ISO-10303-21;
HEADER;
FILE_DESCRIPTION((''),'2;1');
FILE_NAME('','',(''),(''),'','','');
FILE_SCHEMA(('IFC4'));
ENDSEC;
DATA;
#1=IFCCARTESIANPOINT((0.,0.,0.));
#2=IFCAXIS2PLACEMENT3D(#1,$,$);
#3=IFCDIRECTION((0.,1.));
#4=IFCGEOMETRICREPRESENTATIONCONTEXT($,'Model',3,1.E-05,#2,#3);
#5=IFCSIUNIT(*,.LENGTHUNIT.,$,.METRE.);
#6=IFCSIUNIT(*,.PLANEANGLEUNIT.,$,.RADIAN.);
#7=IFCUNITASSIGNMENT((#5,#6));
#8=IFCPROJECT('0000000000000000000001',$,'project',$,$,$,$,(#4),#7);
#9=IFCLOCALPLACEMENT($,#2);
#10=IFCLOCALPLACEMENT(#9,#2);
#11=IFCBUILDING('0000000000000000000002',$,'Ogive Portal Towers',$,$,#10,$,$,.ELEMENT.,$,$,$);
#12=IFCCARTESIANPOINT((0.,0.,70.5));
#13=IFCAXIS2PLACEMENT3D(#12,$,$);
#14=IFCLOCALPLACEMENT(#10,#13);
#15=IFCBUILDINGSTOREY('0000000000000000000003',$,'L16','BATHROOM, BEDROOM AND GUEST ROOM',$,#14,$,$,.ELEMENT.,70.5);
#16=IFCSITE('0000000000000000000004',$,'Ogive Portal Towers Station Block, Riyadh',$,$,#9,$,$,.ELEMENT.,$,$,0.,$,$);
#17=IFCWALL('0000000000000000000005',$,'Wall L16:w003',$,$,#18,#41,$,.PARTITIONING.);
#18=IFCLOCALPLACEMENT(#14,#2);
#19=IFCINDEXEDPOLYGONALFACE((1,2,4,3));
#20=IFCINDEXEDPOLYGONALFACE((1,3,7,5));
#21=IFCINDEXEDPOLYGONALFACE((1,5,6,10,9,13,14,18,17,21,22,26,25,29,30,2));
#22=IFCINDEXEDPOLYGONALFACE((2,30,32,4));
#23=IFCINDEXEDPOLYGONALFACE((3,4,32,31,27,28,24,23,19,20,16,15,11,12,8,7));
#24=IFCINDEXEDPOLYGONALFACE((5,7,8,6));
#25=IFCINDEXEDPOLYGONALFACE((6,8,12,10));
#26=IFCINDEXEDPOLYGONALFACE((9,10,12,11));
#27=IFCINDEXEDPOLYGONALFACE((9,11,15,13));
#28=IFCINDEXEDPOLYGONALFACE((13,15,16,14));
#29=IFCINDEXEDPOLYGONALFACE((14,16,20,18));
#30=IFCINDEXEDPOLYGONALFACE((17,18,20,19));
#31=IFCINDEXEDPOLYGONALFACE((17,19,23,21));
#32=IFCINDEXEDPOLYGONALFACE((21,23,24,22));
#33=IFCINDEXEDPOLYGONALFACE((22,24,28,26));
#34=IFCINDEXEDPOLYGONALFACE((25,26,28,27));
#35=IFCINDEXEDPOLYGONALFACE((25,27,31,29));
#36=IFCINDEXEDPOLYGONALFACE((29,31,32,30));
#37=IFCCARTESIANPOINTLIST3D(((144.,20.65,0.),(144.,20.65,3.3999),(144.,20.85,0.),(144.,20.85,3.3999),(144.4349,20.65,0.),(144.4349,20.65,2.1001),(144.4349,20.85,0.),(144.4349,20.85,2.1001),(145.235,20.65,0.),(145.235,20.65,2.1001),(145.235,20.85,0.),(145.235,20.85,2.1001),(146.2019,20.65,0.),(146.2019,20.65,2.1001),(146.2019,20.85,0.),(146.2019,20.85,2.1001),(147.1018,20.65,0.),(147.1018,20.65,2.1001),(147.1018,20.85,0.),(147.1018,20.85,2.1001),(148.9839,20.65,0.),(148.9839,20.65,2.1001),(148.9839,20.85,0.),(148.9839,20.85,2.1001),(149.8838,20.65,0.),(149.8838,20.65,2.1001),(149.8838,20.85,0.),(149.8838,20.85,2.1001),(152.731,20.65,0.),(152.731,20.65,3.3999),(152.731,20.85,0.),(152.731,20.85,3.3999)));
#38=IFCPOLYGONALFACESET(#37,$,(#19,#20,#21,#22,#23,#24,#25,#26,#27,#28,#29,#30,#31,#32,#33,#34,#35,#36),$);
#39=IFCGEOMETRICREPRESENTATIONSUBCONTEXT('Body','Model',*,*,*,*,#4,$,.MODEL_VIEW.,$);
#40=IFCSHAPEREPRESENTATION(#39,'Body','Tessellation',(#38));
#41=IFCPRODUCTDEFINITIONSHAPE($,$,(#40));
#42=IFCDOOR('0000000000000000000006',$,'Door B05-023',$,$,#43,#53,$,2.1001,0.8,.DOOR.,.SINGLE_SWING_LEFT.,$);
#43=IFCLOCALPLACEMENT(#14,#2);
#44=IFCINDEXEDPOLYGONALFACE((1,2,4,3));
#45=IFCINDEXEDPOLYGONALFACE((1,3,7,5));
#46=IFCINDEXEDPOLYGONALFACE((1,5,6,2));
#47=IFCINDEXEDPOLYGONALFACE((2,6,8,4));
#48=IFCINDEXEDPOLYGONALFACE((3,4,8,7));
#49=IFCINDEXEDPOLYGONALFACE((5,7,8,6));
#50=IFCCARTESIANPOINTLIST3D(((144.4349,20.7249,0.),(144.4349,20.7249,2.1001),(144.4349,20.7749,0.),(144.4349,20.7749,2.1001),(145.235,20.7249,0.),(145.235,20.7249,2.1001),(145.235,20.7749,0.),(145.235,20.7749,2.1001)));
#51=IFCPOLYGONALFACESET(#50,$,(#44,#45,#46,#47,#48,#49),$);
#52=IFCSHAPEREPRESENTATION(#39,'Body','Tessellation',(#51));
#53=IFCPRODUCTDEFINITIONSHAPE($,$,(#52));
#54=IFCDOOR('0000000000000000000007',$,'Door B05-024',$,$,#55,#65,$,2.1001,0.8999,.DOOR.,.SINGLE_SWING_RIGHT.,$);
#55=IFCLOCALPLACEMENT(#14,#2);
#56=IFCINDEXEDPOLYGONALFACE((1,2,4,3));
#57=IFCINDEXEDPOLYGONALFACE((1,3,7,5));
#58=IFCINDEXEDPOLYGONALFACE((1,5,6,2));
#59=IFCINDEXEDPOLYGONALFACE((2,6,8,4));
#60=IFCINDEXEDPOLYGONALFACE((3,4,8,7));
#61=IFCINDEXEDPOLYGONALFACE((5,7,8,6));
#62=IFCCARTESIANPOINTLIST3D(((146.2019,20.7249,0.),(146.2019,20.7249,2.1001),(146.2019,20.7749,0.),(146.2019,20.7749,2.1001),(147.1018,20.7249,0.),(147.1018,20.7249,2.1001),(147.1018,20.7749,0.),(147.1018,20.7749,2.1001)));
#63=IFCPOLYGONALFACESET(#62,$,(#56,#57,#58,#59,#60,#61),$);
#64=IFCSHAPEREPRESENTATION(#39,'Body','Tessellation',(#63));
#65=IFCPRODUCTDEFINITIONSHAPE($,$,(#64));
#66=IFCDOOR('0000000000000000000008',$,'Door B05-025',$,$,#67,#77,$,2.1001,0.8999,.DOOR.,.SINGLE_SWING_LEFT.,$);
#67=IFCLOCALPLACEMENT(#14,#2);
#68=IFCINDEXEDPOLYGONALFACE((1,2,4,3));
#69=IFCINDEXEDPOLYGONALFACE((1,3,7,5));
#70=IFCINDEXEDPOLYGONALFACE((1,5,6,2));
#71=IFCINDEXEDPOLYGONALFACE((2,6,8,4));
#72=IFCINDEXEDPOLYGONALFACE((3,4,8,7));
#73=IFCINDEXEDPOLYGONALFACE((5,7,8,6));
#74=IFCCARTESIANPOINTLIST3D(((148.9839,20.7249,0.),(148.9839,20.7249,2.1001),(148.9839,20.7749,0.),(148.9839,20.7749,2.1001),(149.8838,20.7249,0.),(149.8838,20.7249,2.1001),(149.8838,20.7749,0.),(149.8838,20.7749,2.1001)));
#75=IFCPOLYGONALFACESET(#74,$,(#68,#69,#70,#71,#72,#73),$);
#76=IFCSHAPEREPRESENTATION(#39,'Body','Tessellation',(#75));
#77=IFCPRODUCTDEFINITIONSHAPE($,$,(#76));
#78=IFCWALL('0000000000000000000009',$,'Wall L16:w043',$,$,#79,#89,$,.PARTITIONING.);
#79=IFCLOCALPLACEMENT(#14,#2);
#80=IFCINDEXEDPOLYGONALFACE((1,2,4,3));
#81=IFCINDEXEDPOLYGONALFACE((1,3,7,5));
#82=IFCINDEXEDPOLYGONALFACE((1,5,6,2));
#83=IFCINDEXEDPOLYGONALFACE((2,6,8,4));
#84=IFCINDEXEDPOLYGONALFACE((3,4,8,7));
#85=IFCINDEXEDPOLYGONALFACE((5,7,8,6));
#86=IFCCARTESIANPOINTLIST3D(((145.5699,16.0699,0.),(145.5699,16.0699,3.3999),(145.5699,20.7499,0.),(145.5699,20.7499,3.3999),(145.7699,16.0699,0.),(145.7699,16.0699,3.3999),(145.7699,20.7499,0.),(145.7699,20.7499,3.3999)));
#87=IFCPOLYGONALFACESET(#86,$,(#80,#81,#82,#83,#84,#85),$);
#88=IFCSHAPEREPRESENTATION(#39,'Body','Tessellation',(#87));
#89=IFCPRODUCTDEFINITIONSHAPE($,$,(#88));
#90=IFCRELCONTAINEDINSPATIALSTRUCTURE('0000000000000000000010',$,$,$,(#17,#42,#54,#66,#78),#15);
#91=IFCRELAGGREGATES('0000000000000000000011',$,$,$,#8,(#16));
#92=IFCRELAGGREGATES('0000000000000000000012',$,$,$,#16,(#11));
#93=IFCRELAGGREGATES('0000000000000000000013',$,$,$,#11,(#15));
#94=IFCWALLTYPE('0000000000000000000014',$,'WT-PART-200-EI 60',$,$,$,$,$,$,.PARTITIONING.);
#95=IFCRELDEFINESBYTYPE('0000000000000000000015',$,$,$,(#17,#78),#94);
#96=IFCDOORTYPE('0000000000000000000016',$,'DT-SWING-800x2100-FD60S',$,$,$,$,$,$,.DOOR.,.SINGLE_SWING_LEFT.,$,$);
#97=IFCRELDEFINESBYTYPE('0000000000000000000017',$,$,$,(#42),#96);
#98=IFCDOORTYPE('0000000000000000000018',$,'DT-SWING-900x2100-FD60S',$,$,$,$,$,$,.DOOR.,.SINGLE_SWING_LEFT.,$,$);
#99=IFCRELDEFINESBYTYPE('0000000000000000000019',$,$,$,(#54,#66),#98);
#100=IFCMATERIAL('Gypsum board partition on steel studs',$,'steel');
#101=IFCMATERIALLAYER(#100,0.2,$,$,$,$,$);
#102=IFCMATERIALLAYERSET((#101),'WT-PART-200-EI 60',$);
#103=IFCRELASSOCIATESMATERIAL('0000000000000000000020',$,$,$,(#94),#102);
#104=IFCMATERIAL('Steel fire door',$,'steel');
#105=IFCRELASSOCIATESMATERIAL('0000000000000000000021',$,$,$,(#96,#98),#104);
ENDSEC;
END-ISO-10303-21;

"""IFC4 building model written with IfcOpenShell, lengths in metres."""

from ifc_helpers import new_model, si_unit, direction, frame, frame_2d, origin, place, context, subcontext, project, spatial, rectangle, extrude, material, layer, layer_set, type_object, element, fill, save


model = new_model("IFC4")

# Units and contexts
model_context = context("Model", 3, precision=1e-05, world=origin(), true_north=direction((0.0, 1.0)))
body_context = subcontext(model_context, "Body", "Model", "MODEL_VIEW")
ifc_project = project(units=[si_unit("LENGTHUNIT", "METRE"), si_unit("PLANEANGLEUNIT", "RADIAN")], contexts=[model_context])

# Site, building, storey
site_placement = place(None, origin())
site = spatial("IfcSite", under=ifc_project, at=site_placement, Name="Ogive Portal Towers Station Block, Riyadh", CompositionType="ELEMENT", RefElevation=0.0)
building_placement = place(site_placement, origin())
building = spatial("IfcBuilding", under=site, at=building_placement, Name="Ogive Portal Towers", CompositionType="ELEMENT")
storey_placement = place(building_placement, frame((0.0, 0.0, 70.5)))
storey = spatial("IfcBuildingStorey", under=building, at=storey_placement, Name="L16", Description="BATHROOM, BEDROOM AND GUEST ROOM", CompositionType="ELEMENT", Elevation=70.5)

# Wall, openings, doors
ifc_material_1 = material(Name="Gypsum board partition on steel studs", Category="steel")
ifc_layer_1 = layer(ifc_material_1, 0.2)
ifc_layer_set_1 = layer_set([ifc_layer_1], Name="WT-PART-200-EI 60")
wall_type_1 = type_object("IfcWallType", Name="WT-PART-200-EI 60", PredefinedType="PARTITIONING", material=ifc_layer_set_1)
wall_1_placement = place(storey_placement, frame((144.0, 20.75, 0.0), z_axis=(0.0, 0.0, 1.0), x_axis=(1.0, 0.0, 0.0)))
wall_1 = element("IfcWall", 1, at=wall_1_placement, inside=storey, type_object=wall_type_1, Name="Wall L16:w003", PredefinedType="PARTITIONING", context=body_context, shape_type="SweptSolid", body=[
    extrude(rectangle(XDim=8.731, YDim=0.2, at=frame_2d((4.3655, 0.0))), origin(), (0.0, 0.0, 1.0), 3.3999),
])
opening_1_placement = place(wall_1_placement, frame((0.4351, 0.0, 0.0)))
opening_1 = element("IfcOpeningElement", 2, at=opening_1_placement, cuts=wall_1, PredefinedType="OPENING", context=body_context, shape_type="SweptSolid", body=[
    extrude(rectangle(XDim=0.8, YDim=2.1001, at=frame_2d((0.3999, 1.05))), frame((0.0, 0.1099, 0.0), z_axis=(0.0, -1.0, 0.0), x_axis=(1.0, 0.0, 0.0)), (0.0, 0.0, 1.0), 0.22),
])
opening_2_placement = place(wall_1_placement, frame((2.2019, 0.0, 0.0)))
opening_2 = element("IfcOpeningElement", 3, at=opening_2_placement, cuts=wall_1, PredefinedType="OPENING", context=body_context, shape_type="SweptSolid", body=[
    extrude(rectangle(XDim=0.8999, YDim=2.1001, at=frame_2d((0.45, 1.05))), frame((0.0, 0.1099, 0.0), z_axis=(0.0, -1.0, 0.0), x_axis=(1.0, 0.0, 0.0)), (0.0, 0.0, 1.0), 0.22),
])
opening_3_placement = place(wall_1_placement, frame((4.9839, 0.0, 0.0)))
opening_3 = element("IfcOpeningElement", 4, at=opening_3_placement, cuts=wall_1, PredefinedType="OPENING", context=body_context, shape_type="SweptSolid", body=[
    extrude(rectangle(XDim=0.8999, YDim=2.1001, at=frame_2d((0.45, 1.05))), frame((0.0, 0.1099, 0.0), z_axis=(0.0, -1.0, 0.0), x_axis=(1.0, 0.0, 0.0)), (0.0, 0.0, 1.0), 0.22),
])
ifc_material_2 = material(Name="Steel fire door", Category="steel")
door_type_1 = type_object("IfcDoorType", Name="DT-SWING-800x2100-FD60S", OperationType="SINGLE_SWING_LEFT", PredefinedType="DOOR", material=ifc_material_2)
door_1_placement = place(opening_1_placement, origin())
door_1 = element("IfcDoor", 5, at=door_1_placement, inside=storey, type_object=door_type_1, Name="Door B05-023", OperationType="SINGLE_SWING_LEFT", OverallHeight=2.1001, OverallWidth=0.8, PredefinedType="DOOR", context=body_context, shape_type="SweptSolid", body=[
    extrude(rectangle(XDim=0.8, YDim=2.1001, at=frame_2d((0.3999, 1.05))), frame((0.0, 0.0249, 0.0), z_axis=(0.0, -1.0, 0.0), x_axis=(1.0, 0.0, 0.0)), (0.0, 0.0, 1.0), 0.05),
])
fill(opening_1, door_1)
door_type_2 = type_object("IfcDoorType", Name="DT-SWING-900x2100-FD60S", OperationType="SINGLE_SWING_LEFT", PredefinedType="DOOR", material=ifc_material_2)
door_2_placement = place(opening_2_placement, origin())
door_2 = element("IfcDoor", 6, at=door_2_placement, inside=storey, type_object=door_type_2, Name="Door B05-024", OperationType="SINGLE_SWING_RIGHT", OverallHeight=2.1001, OverallWidth=0.8999, PredefinedType="DOOR", context=body_context, shape_type="SweptSolid", body=[
    extrude(rectangle(XDim=0.8999, YDim=2.1001, at=frame_2d((0.45, 1.05))), frame((0.0, 0.0249, 0.0), z_axis=(0.0, -1.0, 0.0), x_axis=(1.0, 0.0, 0.0)), (0.0, 0.0, 1.0), 0.05),
])
fill(opening_2, door_2)
door_3_placement = place(opening_3_placement, origin())
door_3 = element("IfcDoor", 7, at=door_3_placement, inside=storey, type_object=door_type_2, Name="Door B05-025", OperationType="SINGLE_SWING_LEFT", OverallHeight=2.1001, OverallWidth=0.8999, PredefinedType="DOOR", context=body_context, shape_type="SweptSolid", body=[
    extrude(rectangle(XDim=0.8999, YDim=2.1001, at=frame_2d((0.45, 1.05))), frame((0.0, 0.0249, 0.0), z_axis=(0.0, -1.0, 0.0), x_axis=(1.0, 0.0, 0.0)), (0.0, 0.0, 1.0), 0.05),
])
fill(opening_3, door_3)

# Wall
wall_2_placement = place(storey_placement, frame((145.6699, 16.0701, 0.0), z_axis=(0.0, 0.0, 1.0), x_axis=(0.0, 1.0, 0.0)))
element("IfcWall", 8, at=wall_2_placement, inside=storey, type_object=wall_type_1, Name="Wall L16:w043", PredefinedType="PARTITIONING", context=body_context, shape_type="SweptSolid", body=[
    extrude(rectangle(XDim=4.6799, YDim=0.2, at=frame_2d((2.3398, 0.0))), origin(), (0.0, 0.0, 1.0), 3.3999),
])

save(model, "model.ifc")
